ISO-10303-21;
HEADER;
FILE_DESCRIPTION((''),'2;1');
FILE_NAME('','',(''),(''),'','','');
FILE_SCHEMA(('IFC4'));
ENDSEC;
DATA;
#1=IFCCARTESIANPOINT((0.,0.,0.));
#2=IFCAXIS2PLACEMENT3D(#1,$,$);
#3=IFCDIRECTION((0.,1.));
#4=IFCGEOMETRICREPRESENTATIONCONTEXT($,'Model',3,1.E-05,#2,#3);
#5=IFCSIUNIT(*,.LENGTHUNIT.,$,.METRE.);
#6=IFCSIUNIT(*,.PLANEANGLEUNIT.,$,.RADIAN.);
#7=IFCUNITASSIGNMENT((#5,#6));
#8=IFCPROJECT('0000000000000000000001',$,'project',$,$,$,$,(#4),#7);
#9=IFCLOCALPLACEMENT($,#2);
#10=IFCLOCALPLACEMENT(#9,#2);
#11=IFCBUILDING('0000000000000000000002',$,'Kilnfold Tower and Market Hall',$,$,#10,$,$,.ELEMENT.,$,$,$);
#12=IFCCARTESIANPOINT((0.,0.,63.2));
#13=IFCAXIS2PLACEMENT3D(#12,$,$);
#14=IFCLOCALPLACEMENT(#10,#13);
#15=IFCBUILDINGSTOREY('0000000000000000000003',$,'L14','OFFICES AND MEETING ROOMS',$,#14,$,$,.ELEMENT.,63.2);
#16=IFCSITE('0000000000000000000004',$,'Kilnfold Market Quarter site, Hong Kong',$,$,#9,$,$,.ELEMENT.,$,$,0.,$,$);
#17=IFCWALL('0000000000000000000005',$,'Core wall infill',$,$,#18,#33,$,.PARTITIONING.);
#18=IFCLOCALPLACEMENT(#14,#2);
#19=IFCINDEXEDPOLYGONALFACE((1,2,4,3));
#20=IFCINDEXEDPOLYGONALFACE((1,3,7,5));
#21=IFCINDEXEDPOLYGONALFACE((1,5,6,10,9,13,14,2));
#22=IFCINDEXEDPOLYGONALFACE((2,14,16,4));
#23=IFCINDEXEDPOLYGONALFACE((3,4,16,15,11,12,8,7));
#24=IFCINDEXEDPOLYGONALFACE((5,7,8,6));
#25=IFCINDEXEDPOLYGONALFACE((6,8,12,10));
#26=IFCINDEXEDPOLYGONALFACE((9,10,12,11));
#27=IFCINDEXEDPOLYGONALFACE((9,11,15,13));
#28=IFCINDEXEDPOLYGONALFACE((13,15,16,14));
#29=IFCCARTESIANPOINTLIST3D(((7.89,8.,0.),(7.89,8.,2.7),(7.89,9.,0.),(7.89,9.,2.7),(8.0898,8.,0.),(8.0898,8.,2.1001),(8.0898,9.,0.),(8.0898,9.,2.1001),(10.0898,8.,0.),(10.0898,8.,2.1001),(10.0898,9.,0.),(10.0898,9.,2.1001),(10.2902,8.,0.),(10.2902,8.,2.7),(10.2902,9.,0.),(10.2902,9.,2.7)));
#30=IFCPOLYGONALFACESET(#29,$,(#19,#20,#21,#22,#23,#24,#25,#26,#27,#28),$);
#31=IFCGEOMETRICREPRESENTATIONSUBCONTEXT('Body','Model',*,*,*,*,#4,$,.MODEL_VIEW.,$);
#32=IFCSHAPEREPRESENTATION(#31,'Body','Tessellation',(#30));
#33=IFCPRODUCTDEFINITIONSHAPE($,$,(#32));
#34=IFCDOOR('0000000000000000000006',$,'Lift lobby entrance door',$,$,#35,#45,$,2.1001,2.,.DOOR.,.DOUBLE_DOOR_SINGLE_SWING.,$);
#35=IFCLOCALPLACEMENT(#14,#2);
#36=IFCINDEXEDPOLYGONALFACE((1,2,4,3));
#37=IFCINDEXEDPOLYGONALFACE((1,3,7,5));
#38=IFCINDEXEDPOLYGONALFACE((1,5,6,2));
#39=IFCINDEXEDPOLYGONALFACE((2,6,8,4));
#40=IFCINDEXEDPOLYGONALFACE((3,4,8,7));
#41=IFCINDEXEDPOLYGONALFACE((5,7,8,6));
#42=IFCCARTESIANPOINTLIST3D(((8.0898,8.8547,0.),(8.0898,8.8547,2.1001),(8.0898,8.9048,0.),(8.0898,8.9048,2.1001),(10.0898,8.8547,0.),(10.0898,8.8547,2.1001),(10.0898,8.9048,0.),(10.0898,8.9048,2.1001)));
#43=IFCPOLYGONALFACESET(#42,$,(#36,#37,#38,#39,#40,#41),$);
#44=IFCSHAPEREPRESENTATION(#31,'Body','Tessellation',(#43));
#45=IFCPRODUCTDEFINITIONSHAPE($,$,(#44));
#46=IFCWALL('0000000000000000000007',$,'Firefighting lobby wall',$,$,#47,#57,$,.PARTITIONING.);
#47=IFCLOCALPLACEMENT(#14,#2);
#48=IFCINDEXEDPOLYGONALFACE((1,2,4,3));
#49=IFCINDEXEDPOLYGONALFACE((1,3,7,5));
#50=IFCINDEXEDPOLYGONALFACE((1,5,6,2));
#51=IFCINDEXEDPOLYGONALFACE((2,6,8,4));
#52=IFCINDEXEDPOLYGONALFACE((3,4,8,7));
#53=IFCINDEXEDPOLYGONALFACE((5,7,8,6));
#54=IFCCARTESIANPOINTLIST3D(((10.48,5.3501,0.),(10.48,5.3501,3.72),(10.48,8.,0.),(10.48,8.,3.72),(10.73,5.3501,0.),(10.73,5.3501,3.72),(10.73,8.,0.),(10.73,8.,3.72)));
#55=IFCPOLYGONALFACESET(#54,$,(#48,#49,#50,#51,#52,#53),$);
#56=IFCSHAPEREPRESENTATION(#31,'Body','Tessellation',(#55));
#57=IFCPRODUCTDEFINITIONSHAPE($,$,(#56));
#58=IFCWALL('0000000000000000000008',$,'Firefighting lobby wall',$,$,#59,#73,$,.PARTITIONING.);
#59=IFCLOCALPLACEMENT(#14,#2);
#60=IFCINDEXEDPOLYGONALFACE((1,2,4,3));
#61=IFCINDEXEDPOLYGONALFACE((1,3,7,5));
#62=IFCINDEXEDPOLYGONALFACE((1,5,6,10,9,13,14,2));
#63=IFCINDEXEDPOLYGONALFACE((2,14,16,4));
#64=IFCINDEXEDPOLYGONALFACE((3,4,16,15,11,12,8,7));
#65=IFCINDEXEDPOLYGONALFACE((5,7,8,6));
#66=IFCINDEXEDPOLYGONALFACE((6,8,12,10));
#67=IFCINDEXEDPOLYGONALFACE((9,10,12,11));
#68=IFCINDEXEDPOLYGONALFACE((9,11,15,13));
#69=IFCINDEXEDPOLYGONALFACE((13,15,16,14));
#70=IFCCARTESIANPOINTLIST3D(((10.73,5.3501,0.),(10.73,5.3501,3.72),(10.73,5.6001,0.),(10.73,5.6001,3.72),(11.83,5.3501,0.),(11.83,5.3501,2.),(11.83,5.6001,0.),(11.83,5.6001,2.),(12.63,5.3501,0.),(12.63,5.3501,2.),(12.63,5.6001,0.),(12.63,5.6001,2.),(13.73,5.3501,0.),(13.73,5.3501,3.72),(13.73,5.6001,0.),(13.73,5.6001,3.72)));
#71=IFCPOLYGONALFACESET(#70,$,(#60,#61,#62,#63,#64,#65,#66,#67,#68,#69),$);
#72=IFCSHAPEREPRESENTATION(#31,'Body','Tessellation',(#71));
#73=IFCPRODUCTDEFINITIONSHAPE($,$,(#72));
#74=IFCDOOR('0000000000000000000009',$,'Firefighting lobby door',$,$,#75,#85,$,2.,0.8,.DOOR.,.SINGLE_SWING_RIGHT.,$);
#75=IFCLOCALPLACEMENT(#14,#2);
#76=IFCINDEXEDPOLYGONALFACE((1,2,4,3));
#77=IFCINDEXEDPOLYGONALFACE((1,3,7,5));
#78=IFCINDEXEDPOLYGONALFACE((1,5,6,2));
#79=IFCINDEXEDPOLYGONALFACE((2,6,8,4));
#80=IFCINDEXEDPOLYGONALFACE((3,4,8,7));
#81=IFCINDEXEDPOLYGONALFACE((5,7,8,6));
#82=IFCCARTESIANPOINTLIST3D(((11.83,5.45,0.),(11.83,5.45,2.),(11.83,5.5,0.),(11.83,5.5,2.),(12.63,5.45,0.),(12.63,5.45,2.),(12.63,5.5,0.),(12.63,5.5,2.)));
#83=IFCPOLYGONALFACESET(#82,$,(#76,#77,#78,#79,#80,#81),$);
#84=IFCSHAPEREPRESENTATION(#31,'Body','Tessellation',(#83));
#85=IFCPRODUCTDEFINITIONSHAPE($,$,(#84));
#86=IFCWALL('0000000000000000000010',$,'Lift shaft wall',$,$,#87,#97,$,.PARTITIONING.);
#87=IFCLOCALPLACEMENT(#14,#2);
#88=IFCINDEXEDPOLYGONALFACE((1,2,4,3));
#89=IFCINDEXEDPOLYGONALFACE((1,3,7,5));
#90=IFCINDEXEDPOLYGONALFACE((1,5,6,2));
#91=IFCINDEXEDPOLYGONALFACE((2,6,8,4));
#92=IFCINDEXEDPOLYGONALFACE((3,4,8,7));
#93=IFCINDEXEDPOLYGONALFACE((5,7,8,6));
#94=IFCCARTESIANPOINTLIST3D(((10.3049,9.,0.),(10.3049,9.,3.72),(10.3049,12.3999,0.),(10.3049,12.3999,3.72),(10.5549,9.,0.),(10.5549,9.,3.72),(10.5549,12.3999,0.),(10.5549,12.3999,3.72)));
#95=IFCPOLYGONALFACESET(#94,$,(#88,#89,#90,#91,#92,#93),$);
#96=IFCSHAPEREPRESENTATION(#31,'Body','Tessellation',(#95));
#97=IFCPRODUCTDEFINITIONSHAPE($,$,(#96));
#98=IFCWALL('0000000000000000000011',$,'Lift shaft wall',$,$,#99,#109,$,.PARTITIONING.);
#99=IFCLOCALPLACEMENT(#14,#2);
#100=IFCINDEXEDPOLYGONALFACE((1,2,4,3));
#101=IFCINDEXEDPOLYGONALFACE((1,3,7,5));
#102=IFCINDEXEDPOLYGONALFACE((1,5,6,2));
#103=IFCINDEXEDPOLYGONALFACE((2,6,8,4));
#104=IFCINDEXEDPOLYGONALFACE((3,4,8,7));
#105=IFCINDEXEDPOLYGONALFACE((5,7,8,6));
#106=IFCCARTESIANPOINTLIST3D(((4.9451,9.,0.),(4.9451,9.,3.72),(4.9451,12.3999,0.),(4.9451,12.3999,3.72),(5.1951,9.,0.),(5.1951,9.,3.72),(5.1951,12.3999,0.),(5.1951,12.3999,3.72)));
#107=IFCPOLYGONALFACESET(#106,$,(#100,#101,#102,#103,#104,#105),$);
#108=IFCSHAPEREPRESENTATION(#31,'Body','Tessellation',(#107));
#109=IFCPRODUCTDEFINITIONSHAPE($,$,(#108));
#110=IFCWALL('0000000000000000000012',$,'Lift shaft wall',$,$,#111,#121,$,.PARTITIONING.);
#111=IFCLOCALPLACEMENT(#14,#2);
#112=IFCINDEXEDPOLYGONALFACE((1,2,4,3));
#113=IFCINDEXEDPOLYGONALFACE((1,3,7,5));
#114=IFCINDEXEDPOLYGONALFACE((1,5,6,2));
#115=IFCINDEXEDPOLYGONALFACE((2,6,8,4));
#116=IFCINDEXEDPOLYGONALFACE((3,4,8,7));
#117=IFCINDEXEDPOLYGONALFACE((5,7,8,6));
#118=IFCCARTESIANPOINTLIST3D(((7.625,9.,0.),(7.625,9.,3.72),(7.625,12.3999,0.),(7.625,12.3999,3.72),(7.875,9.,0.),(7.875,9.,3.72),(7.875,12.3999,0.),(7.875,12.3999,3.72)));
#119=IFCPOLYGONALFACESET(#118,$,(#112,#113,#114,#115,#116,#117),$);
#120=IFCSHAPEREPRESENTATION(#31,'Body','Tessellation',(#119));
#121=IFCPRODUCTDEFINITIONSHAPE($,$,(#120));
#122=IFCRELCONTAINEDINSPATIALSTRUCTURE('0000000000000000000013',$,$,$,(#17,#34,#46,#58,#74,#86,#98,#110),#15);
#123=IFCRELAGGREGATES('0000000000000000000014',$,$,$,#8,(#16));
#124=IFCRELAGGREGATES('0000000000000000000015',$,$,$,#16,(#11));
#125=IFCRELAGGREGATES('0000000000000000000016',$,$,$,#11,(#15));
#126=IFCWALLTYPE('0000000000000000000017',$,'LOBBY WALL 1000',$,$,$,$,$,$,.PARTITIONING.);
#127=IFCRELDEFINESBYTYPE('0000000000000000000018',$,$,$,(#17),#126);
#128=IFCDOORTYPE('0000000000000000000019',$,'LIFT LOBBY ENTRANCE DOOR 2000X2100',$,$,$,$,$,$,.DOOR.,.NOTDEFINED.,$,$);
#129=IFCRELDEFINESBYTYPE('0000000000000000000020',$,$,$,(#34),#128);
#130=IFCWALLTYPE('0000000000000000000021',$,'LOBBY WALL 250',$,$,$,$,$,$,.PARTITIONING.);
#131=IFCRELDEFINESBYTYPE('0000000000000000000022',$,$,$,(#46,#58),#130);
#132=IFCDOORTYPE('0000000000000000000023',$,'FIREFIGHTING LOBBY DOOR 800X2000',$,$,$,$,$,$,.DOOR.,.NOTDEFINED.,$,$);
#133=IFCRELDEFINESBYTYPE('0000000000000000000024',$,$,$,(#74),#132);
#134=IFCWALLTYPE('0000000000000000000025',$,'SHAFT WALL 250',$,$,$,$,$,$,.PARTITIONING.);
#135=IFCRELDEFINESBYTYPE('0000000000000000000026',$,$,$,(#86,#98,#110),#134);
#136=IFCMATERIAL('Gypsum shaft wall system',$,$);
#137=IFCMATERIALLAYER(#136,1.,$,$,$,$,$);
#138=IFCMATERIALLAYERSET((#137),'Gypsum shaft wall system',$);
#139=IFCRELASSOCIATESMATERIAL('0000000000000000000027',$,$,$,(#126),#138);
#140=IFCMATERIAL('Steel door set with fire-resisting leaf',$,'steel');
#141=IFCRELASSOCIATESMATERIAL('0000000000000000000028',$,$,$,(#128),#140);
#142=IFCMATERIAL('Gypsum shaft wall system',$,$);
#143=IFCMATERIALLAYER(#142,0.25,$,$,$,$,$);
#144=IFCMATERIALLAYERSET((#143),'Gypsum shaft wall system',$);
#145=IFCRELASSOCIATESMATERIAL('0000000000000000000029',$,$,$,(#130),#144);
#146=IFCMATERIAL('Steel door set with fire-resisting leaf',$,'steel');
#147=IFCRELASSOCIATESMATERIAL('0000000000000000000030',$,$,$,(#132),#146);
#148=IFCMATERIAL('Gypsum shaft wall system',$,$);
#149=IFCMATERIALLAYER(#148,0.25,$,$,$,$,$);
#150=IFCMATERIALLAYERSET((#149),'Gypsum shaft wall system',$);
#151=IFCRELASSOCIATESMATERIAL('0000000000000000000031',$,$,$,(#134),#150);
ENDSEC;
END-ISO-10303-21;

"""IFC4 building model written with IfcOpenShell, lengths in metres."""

from ifc_helpers import new_model, si_unit, direction, frame, frame_2d, origin, place, context, subcontext, project, spatial, rectangle, extrude, source, transform, mapped, material, layer, layer_set, type_object, element, fill, save


model = new_model("IFC4")

# Units and contexts
model_context = context("Model", 3, precision=1e-05, world=origin(), true_north=direction((0.0, 1.0)))
body_context = subcontext(model_context, "Body", "Model", "MODEL_VIEW")
ifc_project = project(units=[si_unit("LENGTHUNIT", "METRE"), si_unit("PLANEANGLEUNIT", "RADIAN")], contexts=[model_context])

# Site, building, storey
site_placement = place(None, origin())
site = spatial("IfcSite", under=ifc_project, at=site_placement, Name="Kilnfold Market Quarter site, Hong Kong", CompositionType="ELEMENT", RefElevation=0.0)
building_placement = place(site_placement, origin())
building = spatial("IfcBuilding", under=site, at=building_placement, Name="Kilnfold Tower and Market Hall", CompositionType="ELEMENT")
storey_placement = place(building_placement, frame((0.0, 0.0, 63.2)))
storey = spatial("IfcBuildingStorey", under=building, at=storey_placement, Name="L14", Description="OFFICES AND MEETING ROOMS", CompositionType="ELEMENT", Elevation=63.2)

# Wall, opening, door
ifc_material_1 = material(Name="Gypsum shaft wall system")
ifc_layer_1 = layer(ifc_material_1, 1.0)
ifc_layer_set_1 = layer_set([ifc_layer_1], Name="Gypsum shaft wall system")
wall_type_1 = type_object("IfcWallType", Name="LOBBY WALL 1000", PredefinedType="PARTITIONING", material=ifc_layer_set_1)
shared_shape_1 = source(origin(), body_context, "Body", "SweptSolid", [
    extrude(rectangle(XDim=2.4001, YDim=1.0, at=frame_2d((1.2002, 0.0))), origin(), (0.0, 0.0, 1.0), 2.7),
])
wall_1_placement = place(storey_placement, frame((7.8899, 8.5, 0.0), z_axis=(0.0, 0.0, 1.0), x_axis=(1.0, 0.0, 0.0)))
wall_1 = element("IfcWall", 1, at=wall_1_placement, inside=storey, type_object=wall_type_1, Name="Core wall infill", PredefinedType="PARTITIONING", context=body_context, shape_type="MappedRepresentation", body=[
    mapped(shared_shape_1, transform((0.0, 0.0, 0.0))),
])
opening_1_placement = place(wall_1_placement, frame((0.2, 0.0, 0.0)))
opening_1 = element("IfcOpeningElement", 2, at=opening_1_placement, cuts=wall_1, PredefinedType="OPENING", context=body_context, shape_type="SweptSolid", body=[
    extrude(rectangle(XDim=2.0, YDim=2.1001, at=frame_2d((1.0, 1.05))), frame((0.0, 0.51, 0.0), z_axis=(0.0, -1.0, 0.0), x_axis=(1.0, 0.0, 0.0)), (0.0, 0.0, 1.0), 1.02),
])
ifc_material_2 = material(Name="Steel door set with fire-resisting leaf", Category="steel")
door_type_1 = type_object("IfcDoorType", Name="LIFT LOBBY ENTRANCE DOOR 2000X2100", OperationType="NOTDEFINED", PredefinedType="DOOR", material=ifc_material_2)
door_1_placement = place(opening_1_placement, origin())
door_1 = element("IfcDoor", 3, at=door_1_placement, inside=storey, type_object=door_type_1, Name="Lift lobby entrance door", OperationType="DOUBLE_DOOR_SINGLE_SWING", OverallHeight=2.1001, OverallWidth=2.0, PredefinedType="DOOR", context=body_context, shape_type="SweptSolid", body=[
    extrude(rectangle(XDim=2.0, YDim=2.1001, at=frame_2d((1.0, 1.05))), frame((0.0, 0.4048, 0.0), z_axis=(0.0, -1.0, 0.0), x_axis=(1.0, 0.0, 0.0)), (0.0, 0.0, 1.0), 0.05),
])
fill(opening_1, door_1)

# Wall
ifc_material_3 = material(Name="Gypsum shaft wall system")
ifc_layer_2 = layer(ifc_material_3, 0.25)
ifc_layer_set_2 = layer_set([ifc_layer_2], Name="Gypsum shaft wall system")
wall_type_2 = type_object("IfcWallType", Name="LOBBY WALL 250", PredefinedType="PARTITIONING", material=ifc_layer_set_2)
shared_shape_2 = source(origin(), body_context, "Body", "SweptSolid", [
    extrude(rectangle(XDim=2.6499, YDim=0.25, at=frame_2d((1.325, 0.0))), origin(), (0.0, 0.0, 1.0), 3.72),
])
wall_2_placement = place(storey_placement, frame((10.605, 5.3501, 0.0), z_axis=(0.0, 0.0, 1.0), x_axis=(0.0, 1.0, 0.0)))
element("IfcWall", 4, at=wall_2_placement, inside=storey, type_object=wall_type_2, Name="Firefighting lobby wall", PredefinedType="PARTITIONING", context=body_context, shape_type="MappedRepresentation", body=[
    mapped(shared_shape_2, transform((0.0, 0.0, 0.0))),
])

# Wall, opening, door
shared_shape_3 = source(origin(), body_context, "Body", "SweptSolid", [
    extrude(rectangle(XDim=3.0, YDim=0.25, at=frame_2d((1.5, 0.0))), origin(), (0.0, 0.0, 1.0), 3.72),
])
wall_3_placement = place(storey_placement, frame((10.73, 5.4751, 0.0), z_axis=(0.0, 0.0, 1.0), x_axis=(1.0, 0.0, 0.0)))
wall_3 = element("IfcWall", 5, at=wall_3_placement, inside=storey, type_object=wall_type_2, Name="Firefighting lobby wall", PredefinedType="PARTITIONING", context=body_context, shape_type="MappedRepresentation", body=[
    mapped(shared_shape_3, transform((0.0, 0.0, 0.0))),
])
opening_2_placement = place(wall_3_placement, frame((1.1001, 0.0, 0.0)))
opening_2 = element("IfcOpeningElement", 6, at=opening_2_placement, cuts=wall_3, PredefinedType="OPENING", context=body_context, shape_type="SweptSolid", body=[
    extrude(rectangle(XDim=0.8, YDim=2.0, at=frame_2d((0.3999, 1.0))), frame((0.0, 0.135, 0.0), z_axis=(0.0, -1.0, 0.0), x_axis=(1.0, 0.0, 0.0)), (0.0, 0.0, 1.0), 0.27),
])
ifc_material_4 = material(Name="Steel door set with fire-resisting leaf", Category="steel")
door_type_2 = type_object("IfcDoorType", Name="FIREFIGHTING LOBBY DOOR 800X2000", OperationType="NOTDEFINED", PredefinedType="DOOR", material=ifc_material_4)
door_2_placement = place(opening_2_placement, origin())
door_2 = element("IfcDoor", 7, at=door_2_placement, inside=storey, type_object=door_type_2, Name="Firefighting lobby door", OperationType="SINGLE_SWING_RIGHT", OverallHeight=2.0, OverallWidth=0.8, PredefinedType="DOOR", context=body_context, shape_type="SweptSolid", body=[
    extrude(rectangle(XDim=0.8, YDim=2.0, at=frame_2d((0.3999, 1.0))), frame((0.0, 0.0249, 0.0), z_axis=(0.0, -1.0, 0.0), x_axis=(1.0, 0.0, 0.0)), (0.0, 0.0, 1.0), 0.05),
])
fill(opening_2, door_2)

# Walls
ifc_material_5 = material(Name="Gypsum shaft wall system")
ifc_layer_3 = layer(ifc_material_5, 0.25)
ifc_layer_set_3 = layer_set([ifc_layer_3], Name="Gypsum shaft wall system")
wall_type_3 = type_object("IfcWallType", Name="SHAFT WALL 250", PredefinedType="PARTITIONING", material=ifc_layer_set_3)
shared_shape_4 = source(origin(), body_context, "Body", "SweptSolid", [
    extrude(rectangle(XDim=3.3999, YDim=0.25, at=frame_2d((1.7, 0.0))), origin(), (0.0, 0.0, 1.0), 3.72),
])
for number, where, z_axis, x_axis, name in (
    (8, (10.4299, 9.0, 0.0), (0.0, 0.0, 1.0), (0.0, 1.0, 0.0), "Lift shaft wall"),
    (9, (5.0701, 9.0, 0.0), (0.0, 0.0, 1.0), (0.0, 1.0, 0.0), "Lift shaft wall"),
    (10, (7.75, 9.0, 0.0), (0.0, 0.0, 1.0), (0.0, 1.0, 0.0), "Lift shaft wall"),
):
    element("IfcWall", number, at=place(storey_placement, frame(where, z_axis=z_axis, x_axis=x_axis)), inside=storey, type_object=wall_type_3, Name=name, PredefinedType="PARTITIONING", context=body_context, shape_type="MappedRepresentation", body=[
        mapped(shared_shape_4, transform((0.0, 0.0, 0.0))),
    ])

save(model, "model.ifc")
